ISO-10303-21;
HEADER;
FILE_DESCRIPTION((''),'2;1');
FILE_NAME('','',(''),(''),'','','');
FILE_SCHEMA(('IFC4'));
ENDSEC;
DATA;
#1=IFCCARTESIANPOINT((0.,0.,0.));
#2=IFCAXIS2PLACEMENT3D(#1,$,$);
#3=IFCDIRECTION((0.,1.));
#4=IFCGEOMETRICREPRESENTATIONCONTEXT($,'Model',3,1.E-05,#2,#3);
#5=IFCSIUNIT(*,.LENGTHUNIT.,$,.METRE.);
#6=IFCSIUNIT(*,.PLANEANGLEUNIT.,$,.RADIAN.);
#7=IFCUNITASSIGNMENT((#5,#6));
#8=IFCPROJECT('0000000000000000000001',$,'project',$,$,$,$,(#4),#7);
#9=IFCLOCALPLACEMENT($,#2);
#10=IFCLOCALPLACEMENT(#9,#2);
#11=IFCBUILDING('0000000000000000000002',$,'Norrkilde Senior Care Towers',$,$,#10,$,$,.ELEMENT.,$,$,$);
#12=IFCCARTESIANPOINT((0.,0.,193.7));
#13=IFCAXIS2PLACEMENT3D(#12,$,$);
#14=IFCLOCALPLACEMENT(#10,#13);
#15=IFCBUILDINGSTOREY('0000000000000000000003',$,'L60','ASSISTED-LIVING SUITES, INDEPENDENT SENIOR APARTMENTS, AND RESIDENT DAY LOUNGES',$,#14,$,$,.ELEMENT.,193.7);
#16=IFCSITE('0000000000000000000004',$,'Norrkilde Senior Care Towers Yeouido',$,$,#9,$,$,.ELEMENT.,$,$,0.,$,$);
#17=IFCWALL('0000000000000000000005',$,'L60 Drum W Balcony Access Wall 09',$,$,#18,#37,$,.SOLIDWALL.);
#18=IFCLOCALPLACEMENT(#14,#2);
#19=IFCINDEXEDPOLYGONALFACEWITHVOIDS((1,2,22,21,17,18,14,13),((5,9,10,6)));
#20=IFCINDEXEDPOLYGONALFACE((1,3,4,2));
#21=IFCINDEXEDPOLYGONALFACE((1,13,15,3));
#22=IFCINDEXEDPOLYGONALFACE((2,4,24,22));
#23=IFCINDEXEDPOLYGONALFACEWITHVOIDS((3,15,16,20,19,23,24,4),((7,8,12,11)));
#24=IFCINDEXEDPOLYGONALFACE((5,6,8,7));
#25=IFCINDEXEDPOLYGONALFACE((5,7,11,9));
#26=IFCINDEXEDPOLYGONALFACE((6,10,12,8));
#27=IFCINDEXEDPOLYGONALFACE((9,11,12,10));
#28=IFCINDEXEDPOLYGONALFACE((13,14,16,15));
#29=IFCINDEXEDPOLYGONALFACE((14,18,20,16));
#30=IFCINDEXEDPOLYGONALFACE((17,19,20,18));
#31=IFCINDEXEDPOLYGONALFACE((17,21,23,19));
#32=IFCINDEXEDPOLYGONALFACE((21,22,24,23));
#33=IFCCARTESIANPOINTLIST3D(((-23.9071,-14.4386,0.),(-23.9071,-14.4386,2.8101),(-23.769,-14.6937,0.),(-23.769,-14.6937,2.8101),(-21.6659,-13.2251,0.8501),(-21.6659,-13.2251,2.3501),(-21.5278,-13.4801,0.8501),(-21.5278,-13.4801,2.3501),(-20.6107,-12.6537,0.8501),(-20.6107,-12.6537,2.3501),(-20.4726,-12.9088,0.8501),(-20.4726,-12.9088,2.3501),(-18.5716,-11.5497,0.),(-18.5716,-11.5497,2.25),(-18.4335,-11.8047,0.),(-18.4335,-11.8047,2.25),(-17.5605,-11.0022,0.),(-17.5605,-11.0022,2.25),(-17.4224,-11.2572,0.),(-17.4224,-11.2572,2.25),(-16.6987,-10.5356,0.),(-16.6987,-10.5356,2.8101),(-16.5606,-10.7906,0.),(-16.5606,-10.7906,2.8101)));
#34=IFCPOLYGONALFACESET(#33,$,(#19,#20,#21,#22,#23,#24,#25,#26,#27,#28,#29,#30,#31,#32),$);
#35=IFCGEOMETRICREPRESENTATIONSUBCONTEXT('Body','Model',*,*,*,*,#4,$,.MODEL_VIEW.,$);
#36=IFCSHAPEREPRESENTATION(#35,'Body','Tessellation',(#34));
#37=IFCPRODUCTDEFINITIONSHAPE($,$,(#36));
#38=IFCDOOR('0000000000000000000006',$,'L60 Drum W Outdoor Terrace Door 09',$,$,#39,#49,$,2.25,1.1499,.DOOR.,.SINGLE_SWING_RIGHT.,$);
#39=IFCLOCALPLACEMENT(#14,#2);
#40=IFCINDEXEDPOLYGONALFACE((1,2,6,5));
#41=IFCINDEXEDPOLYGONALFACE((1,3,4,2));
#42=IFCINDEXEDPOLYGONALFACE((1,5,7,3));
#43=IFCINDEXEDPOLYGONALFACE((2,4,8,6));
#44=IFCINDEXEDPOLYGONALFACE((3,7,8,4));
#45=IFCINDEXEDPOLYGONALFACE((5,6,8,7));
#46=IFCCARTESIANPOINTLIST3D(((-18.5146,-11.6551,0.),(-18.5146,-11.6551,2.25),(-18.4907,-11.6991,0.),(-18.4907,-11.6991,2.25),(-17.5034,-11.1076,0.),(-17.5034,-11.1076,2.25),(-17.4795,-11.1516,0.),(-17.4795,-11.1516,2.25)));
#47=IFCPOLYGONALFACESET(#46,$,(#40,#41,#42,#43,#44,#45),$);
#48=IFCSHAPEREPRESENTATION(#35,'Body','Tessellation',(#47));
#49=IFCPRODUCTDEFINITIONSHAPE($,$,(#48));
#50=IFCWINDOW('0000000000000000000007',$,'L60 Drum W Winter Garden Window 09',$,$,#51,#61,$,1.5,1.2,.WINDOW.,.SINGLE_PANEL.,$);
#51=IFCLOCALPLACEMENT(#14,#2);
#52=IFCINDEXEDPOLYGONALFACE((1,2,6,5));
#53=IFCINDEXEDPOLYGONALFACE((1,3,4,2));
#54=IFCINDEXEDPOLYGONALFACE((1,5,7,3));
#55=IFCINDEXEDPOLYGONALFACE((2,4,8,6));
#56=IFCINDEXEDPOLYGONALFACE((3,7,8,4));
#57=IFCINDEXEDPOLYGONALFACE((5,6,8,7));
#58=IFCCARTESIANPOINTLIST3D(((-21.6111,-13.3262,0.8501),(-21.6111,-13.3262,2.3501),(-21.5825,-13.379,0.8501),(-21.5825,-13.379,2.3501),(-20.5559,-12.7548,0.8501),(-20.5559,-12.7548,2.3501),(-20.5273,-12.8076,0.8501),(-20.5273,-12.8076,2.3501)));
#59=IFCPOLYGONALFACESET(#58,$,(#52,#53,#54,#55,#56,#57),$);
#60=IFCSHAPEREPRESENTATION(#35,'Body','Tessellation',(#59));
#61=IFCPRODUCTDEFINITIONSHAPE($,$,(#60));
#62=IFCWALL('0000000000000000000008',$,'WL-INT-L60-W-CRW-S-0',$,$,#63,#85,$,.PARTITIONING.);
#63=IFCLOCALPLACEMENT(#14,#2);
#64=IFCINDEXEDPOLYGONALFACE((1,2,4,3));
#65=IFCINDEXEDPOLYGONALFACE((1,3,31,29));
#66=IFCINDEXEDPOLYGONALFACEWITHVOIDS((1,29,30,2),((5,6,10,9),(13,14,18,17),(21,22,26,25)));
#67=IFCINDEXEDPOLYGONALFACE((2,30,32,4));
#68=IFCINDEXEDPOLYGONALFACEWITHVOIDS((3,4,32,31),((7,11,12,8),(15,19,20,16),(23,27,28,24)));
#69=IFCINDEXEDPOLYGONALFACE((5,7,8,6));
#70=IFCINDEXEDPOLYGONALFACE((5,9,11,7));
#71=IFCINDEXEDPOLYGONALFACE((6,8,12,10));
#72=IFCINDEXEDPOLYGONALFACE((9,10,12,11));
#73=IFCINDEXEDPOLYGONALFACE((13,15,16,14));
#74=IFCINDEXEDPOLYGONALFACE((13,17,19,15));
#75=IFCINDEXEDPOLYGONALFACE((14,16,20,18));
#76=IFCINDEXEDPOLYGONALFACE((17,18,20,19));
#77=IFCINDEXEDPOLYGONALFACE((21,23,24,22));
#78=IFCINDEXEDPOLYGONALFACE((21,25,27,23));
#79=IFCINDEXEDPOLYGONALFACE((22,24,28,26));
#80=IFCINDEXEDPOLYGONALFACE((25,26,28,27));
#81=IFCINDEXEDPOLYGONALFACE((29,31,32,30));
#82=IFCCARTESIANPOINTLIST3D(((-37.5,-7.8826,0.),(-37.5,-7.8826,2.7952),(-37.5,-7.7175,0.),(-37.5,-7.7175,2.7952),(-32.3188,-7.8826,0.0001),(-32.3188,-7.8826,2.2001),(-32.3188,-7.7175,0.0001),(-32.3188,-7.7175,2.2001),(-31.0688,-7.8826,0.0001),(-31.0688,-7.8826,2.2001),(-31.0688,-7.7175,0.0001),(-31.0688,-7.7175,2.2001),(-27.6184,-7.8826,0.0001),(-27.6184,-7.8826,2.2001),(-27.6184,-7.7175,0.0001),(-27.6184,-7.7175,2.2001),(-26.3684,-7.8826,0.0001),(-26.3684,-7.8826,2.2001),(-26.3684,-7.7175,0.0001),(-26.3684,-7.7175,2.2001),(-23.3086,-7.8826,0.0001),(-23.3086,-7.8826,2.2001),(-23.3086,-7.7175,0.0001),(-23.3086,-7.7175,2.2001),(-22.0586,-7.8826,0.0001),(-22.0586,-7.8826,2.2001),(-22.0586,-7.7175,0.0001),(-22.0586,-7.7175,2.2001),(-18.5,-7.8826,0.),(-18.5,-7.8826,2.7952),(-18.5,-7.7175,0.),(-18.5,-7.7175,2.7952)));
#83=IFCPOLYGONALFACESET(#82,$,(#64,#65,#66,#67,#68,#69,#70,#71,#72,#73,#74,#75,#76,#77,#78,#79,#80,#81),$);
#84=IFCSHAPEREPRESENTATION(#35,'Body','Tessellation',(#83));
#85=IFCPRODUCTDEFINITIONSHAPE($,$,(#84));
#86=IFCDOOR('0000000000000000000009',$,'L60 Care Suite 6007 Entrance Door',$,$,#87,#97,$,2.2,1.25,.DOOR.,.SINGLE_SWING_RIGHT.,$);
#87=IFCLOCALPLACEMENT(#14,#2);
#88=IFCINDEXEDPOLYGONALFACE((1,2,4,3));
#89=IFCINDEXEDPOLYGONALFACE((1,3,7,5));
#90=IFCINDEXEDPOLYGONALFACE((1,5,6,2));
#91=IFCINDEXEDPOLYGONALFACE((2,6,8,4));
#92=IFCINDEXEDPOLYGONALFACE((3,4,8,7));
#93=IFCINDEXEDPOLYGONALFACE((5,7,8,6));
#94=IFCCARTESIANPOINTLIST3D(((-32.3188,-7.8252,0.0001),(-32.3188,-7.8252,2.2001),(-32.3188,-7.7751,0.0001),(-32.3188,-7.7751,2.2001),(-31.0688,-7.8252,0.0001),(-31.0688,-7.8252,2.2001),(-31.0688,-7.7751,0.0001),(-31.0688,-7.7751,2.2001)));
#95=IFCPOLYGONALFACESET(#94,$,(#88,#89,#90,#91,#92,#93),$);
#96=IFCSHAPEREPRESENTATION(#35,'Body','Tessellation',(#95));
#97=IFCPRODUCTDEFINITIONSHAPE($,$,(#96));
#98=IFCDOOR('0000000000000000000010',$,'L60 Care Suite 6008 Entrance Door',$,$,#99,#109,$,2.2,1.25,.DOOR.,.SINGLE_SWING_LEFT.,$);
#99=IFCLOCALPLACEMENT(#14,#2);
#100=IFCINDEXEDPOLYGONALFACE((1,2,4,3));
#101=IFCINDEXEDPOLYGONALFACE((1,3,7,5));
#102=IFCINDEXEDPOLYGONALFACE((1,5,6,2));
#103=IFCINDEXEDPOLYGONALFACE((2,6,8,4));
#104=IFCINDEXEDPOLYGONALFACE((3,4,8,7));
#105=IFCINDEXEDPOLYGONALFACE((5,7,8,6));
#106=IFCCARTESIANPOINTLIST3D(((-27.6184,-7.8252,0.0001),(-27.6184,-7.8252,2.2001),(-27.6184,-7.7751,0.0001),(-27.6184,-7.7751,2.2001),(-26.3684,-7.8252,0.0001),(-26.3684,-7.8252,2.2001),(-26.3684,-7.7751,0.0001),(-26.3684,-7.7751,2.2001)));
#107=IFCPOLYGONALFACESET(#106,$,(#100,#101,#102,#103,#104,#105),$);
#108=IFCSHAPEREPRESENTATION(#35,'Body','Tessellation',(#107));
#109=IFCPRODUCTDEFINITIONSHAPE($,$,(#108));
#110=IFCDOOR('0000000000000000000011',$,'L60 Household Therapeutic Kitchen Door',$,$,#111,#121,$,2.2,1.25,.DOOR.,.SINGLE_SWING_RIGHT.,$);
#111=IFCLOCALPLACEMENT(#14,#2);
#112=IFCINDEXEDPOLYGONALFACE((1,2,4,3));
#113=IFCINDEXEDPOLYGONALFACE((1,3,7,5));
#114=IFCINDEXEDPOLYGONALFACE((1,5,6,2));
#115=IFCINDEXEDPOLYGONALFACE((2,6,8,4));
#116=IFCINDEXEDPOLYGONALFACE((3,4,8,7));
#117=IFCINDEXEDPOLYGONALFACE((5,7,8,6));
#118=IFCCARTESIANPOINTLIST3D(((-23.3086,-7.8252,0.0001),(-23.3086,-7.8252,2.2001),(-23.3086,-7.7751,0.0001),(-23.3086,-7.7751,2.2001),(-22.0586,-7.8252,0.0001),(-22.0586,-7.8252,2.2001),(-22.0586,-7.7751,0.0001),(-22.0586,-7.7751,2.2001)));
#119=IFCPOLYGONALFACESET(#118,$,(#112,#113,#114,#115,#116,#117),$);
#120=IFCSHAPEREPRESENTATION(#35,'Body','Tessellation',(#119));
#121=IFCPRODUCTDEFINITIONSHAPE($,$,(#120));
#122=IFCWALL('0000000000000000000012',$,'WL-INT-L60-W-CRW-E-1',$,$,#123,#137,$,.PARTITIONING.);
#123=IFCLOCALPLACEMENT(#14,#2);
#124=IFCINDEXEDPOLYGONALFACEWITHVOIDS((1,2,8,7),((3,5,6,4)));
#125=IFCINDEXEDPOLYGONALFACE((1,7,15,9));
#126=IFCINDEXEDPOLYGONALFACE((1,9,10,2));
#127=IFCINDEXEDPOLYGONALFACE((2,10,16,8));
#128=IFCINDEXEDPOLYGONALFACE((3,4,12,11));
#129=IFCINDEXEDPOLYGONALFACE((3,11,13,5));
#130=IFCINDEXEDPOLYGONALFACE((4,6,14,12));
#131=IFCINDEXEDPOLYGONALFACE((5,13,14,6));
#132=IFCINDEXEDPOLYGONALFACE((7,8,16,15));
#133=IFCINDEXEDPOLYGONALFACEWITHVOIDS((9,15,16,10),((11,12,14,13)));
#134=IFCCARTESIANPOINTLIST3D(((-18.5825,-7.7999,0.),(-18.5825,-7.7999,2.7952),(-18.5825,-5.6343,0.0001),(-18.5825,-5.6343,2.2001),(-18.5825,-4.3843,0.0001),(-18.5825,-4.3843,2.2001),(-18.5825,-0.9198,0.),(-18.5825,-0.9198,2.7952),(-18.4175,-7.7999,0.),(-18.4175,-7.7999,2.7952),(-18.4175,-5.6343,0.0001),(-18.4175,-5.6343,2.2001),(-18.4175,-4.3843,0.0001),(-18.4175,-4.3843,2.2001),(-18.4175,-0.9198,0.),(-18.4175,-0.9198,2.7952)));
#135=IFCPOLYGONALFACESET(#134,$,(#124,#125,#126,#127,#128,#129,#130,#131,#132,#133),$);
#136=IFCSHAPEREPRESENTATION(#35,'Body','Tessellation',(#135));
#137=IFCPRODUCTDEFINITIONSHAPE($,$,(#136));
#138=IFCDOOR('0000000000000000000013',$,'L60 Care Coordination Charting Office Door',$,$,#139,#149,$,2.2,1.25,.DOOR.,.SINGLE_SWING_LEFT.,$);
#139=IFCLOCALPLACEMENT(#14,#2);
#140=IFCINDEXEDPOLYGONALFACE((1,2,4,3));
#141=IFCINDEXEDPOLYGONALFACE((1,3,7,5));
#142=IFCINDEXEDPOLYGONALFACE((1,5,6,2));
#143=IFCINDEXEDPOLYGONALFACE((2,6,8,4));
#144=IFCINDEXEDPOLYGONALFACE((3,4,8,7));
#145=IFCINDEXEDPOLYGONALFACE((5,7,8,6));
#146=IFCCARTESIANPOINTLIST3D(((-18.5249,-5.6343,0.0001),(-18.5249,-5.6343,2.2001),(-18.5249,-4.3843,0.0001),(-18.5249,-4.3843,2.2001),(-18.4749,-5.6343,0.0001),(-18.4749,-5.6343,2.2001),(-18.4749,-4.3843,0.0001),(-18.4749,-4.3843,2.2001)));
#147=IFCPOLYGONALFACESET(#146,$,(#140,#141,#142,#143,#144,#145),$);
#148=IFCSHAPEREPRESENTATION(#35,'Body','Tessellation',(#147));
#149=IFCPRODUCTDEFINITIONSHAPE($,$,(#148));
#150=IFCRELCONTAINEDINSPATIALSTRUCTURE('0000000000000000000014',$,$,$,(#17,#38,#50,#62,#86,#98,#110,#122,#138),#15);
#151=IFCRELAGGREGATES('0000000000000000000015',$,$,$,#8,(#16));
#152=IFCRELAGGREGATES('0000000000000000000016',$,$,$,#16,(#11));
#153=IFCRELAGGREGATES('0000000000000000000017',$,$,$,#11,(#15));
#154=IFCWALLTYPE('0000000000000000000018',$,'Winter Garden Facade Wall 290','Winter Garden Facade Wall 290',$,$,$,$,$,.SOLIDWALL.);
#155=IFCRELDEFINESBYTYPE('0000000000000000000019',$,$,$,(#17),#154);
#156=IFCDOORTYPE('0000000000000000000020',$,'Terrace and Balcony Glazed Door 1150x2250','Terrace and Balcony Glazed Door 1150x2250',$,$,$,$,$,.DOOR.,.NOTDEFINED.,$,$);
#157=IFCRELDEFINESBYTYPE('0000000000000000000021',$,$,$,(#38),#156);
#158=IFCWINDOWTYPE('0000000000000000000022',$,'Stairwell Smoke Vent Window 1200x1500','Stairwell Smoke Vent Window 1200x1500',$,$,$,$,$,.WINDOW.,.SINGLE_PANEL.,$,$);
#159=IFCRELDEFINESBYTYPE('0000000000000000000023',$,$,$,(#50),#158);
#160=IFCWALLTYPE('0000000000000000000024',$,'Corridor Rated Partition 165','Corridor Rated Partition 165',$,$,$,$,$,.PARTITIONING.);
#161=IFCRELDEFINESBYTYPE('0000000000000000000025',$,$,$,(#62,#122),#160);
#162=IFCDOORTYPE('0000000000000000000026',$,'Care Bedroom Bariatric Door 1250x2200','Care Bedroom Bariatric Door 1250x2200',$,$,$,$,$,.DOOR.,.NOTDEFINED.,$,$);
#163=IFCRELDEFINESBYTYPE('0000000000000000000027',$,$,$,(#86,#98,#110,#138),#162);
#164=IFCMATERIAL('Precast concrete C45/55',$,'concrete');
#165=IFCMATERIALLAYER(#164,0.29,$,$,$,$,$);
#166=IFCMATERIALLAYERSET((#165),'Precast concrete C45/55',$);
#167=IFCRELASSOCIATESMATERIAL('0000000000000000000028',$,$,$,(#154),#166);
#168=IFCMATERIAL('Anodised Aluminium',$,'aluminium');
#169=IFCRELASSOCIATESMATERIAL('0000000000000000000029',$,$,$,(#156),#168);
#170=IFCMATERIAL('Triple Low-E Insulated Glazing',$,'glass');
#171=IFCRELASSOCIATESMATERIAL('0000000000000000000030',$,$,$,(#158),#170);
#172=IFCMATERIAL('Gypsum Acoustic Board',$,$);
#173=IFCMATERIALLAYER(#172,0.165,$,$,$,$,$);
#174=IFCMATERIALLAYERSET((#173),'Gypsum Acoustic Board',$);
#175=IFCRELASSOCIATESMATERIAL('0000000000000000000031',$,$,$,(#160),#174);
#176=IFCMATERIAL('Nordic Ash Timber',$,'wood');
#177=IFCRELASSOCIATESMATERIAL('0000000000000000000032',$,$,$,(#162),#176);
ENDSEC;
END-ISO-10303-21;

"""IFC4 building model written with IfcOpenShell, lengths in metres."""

from ifc_helpers import new_model, si_unit, direction, frame, frame_2d, origin, place, context, subcontext, project, spatial, rectangle, extrude, source, transform, mapped, material, layer, layer_set, type_object, type_shapes, element, fill, save


model = new_model("IFC4")

# Units and contexts
model_context = context("Model", 3, precision=1e-05, world=origin(), true_north=direction((0.0, 1.0)))
body_context = subcontext(model_context, "Body", "Model", "MODEL_VIEW")
ifc_project = project(units=[si_unit("LENGTHUNIT", "METRE"), si_unit("PLANEANGLEUNIT", "RADIAN")], contexts=[model_context])

# Site, building, storey
site_placement = place(None, origin())
site = spatial("IfcSite", under=ifc_project, at=site_placement, Name="Norrkilde Senior Care Towers Yeouido", CompositionType="ELEMENT", RefElevation=0.0)
building_placement = place(site_placement, origin())
building = spatial("IfcBuilding", under=site, at=building_placement, Name="Norrkilde Senior Care Towers", CompositionType="ELEMENT")
storey_placement = place(building_placement, frame((0.0, 0.0, 193.7)))
storey = spatial("IfcBuildingStorey", under=building, at=storey_placement, Name="L60", Description="ASSISTED-LIVING SUITES, INDEPENDENT SENIOR APARTMENTS, AND RESIDENT DAY LOUNGES", CompositionType="ELEMENT", Elevation=193.7)

# Shared definitions
ifc_material_1 = material(Name="Triple Low-E Insulated Glazing", Category="glass")
ifc_material_2 = material(Name="Anodised Aluminium", Category="aluminium")

# Wall, openings, door, window
ifc_material_3 = material(Name="Precast concrete C45/55", Category="concrete")
ifc_layer_1 = layer(ifc_material_3, 0.29)
ifc_layer_set_1 = layer_set([ifc_layer_1], Name="Precast concrete C45/55")
wall_type_1 = type_object("IfcWallType", Name="Winter Garden Facade Wall 290", Description="Winter Garden Facade Wall 290", PredefinedType="SOLIDWALL", material=ifc_layer_set_1)
shared_shape_1 = source(origin(), body_context, "Body", "SweptSolid", [
    extrude(rectangle(XDim=8.1973, YDim=0.29, at=frame_2d((4.0986, 0.0))), origin(), (0.0, 0.0, 1.0), 2.8101),
])
type_shapes(wall_type_1, [shared_shape_1])
wall_1_placement = place(storey_placement, frame((-16.6296, -10.6631, 0.0), z_axis=(0.0, 0.0, 1.0), x_axis=(-0.87937, -0.476139, 0.0)))
wall_1 = element("IfcWall", 1, at=wall_1_placement, inside=storey, type_object=wall_type_1, Name="L60 Drum W Balcony Access Wall 09", PredefinedType="SOLIDWALL", context=body_context, shape_type="MappedRepresentation", body=[
    mapped(shared_shape_1, transform((0.0, 0.0, 0.0), x_axis=(1.0, 0.0, 0.0), y_axis=(0.0, 1.0, 0.0), z_axis=(0.0, 0.0, 1.0), scale=1.0)),
])
opening_1_placement = place(wall_1_placement, frame((0.98, 0.0, 0.0)))
opening_1 = element("IfcOpeningElement", 2, at=opening_1_placement, cuts=wall_1, PredefinedType="OPENING", context=body_context, shape_type="SweptSolid", body=[
    extrude(rectangle(XDim=1.1499, YDim=2.25, at=frame_2d((0.575, 1.125))), frame((0.0, 0.155, 0.0), z_axis=(0.0, -1.0, 0.0), x_axis=(1.0, 0.0, 0.0)), (0.0, 0.0, 1.0), 0.3101),
])
opening_2_placement = place(wall_1_placement, frame((4.4485, 0.0, 0.8501)))
opening_2 = element("IfcOpeningElement", 3, at=opening_2_placement, cuts=wall_1, PredefinedType="OPENING", context=body_context, shape_type="SweptSolid", body=[
    extrude(rectangle(XDim=1.2, YDim=1.5, at=frame_2d((0.6001, 0.75))), frame((0.0, 0.155, 0.0), z_axis=(0.0, -1.0, 0.0), x_axis=(1.0, 0.0, 0.0)), (0.0, 0.0, 1.0), 0.3101),
])
door_type_1 = type_object("IfcDoorType", Name="Terrace and Balcony Glazed Door 1150x2250", Description="Terrace and Balcony Glazed Door 1150x2250", OperationType="NOTDEFINED", PredefinedType="DOOR", material=ifc_material_2)
shared_shape_2 = source(origin(), body_context, "Body", "SweptSolid", [
    extrude(rectangle(XDim=1.1499, YDim=2.25, at=frame_2d((0.575, 1.125))), frame((0.0, 0.0249, 0.0), z_axis=(0.0, -1.0, 0.0), x_axis=(1.0, 0.0, 0.0)), (0.0, 0.0, 1.0), 0.05),
])
type_shapes(door_type_1, [shared_shape_2])
door_1_placement = place(opening_1_placement, origin())
door_1 = element("IfcDoor", 4, at=door_1_placement, inside=storey, type_object=door_type_1, Name="L60 Drum W Outdoor Terrace Door 09", OperationType="SINGLE_SWING_RIGHT", OverallHeight=2.25, OverallWidth=1.1499, PredefinedType="DOOR", context=body_context, shape_type="MappedRepresentation", body=[
    mapped(shared_shape_2, transform((0.0, 0.0, 0.0), x_axis=(1.0, 0.0, 0.0), y_axis=(0.0, 1.0, 0.0), z_axis=(0.0, 0.0, 1.0), scale=1.0)),
])
fill(opening_1, door_1)
window_type = type_object("IfcWindowType", Name="Stairwell Smoke Vent Window 1200x1500", Description="Stairwell Smoke Vent Window 1200x1500", PartitioningType="SINGLE_PANEL", PredefinedType="WINDOW", material=ifc_material_1)
shared_shape_3 = source(origin(), body_context, "Body", "SweptSolid", [
    extrude(rectangle(XDim=1.2, YDim=1.5, at=frame_2d((0.6001, 0.75))), frame((0.0, 0.03, 0.0), z_axis=(0.0, -1.0, 0.0), x_axis=(1.0, 0.0, 0.0)), (0.0, 0.0, 1.0), 0.0601),
])
type_shapes(window_type, [shared_shape_3])
window_placement = place(opening_2_placement, origin())
window = element("IfcWindow", 5, at=window_placement, inside=storey, type_object=window_type, Name="L60 Drum W Winter Garden Window 09", OverallHeight=1.5, OverallWidth=1.2, PartitioningType="SINGLE_PANEL", PredefinedType="WINDOW", context=body_context, shape_type="MappedRepresentation", body=[
    mapped(shared_shape_3, transform((0.0, 0.0, 0.0), x_axis=(1.0, 0.0, 0.0), y_axis=(0.0, 1.0, 0.0), z_axis=(0.0, 0.0, 1.0), scale=1.0)),
])
fill(opening_2, window)

# Wall, openings, doors
ifc_material_4 = material(Name="Gypsum Acoustic Board")
ifc_layer_2 = layer(ifc_material_4, 0.165)
ifc_layer_set_2 = layer_set([ifc_layer_2], Name="Gypsum Acoustic Board")
wall_type_2 = type_object("IfcWallType", Name="Corridor Rated Partition 165", Description="Corridor Rated Partition 165", PredefinedType="PARTITIONING", material=ifc_layer_set_2)
shared_shape_4 = source(origin(), body_context, "Body", "SweptSolid", [
    extrude(rectangle(XDim=19.0, YDim=0.165, at=frame_2d((9.5, 0.0))), origin(), (0.0, 0.0, 1.0), 2.7952),
])
wall_2_placement = place(storey_placement, frame((-18.5, -7.8, 0.0), z_axis=(0.0, 0.0, 1.0), x_axis=(-1.0, 0.0, 0.0)))
wall_2 = element("IfcWall", 6, at=wall_2_placement, inside=storey, type_object=wall_type_2, Name="WL-INT-L60-W-CRW-S-0", PredefinedType="PARTITIONING", context=body_context, shape_type="MappedRepresentation", body=[
    mapped(shared_shape_4, transform((0.0, 0.0, 0.0), x_axis=(1.0, 0.0, 0.0), y_axis=(0.0, 1.0, 0.0), z_axis=(0.0, 0.0, 1.0), scale=1.0)),
])
opening_3_placement = place(wall_2_placement, frame((12.5688, 0.0, 0.0)))
opening_3 = element("IfcOpeningElement", 7, at=opening_3_placement, cuts=wall_2, PredefinedType="OPENING", context=body_context, shape_type="SweptSolid", body=[
    extrude(rectangle(XDim=1.25, YDim=2.2, at=frame_2d((0.625, 1.1001))), frame((0.0, 0.0925, 0.0), z_axis=(0.0, -1.0, 0.0), x_axis=(1.0, 0.0, 0.0)), (0.0, 0.0, 1.0), 0.1851),
])
opening_4_placement = place(wall_2_placement, frame((7.8684, 0.0, 0.0)))
opening_4 = element("IfcOpeningElement", 8, at=opening_4_placement, cuts=wall_2, PredefinedType="OPENING", context=body_context, shape_type="SweptSolid", body=[
    extrude(rectangle(XDim=1.25, YDim=2.2, at=frame_2d((0.625, 1.1001))), frame((0.0, 0.0925, 0.0), z_axis=(0.0, -1.0, 0.0), x_axis=(1.0, 0.0, 0.0)), (0.0, 0.0, 1.0), 0.1851),
])
opening_5_placement = place(wall_2_placement, frame((3.5586, 0.0, 0.0)))
opening_5 = element("IfcOpeningElement", 9, at=opening_5_placement, cuts=wall_2, PredefinedType="OPENING", context=body_context, shape_type="SweptSolid", body=[
    extrude(rectangle(XDim=1.25, YDim=2.2, at=frame_2d((0.625, 1.1001))), frame((0.0, 0.0925, 0.0), z_axis=(0.0, -1.0, 0.0), x_axis=(1.0, 0.0, 0.0)), (0.0, 0.0, 1.0), 0.1851),
])
ifc_material_5 = material(Name="Nordic Ash Timber", Category="wood")
door_type_2 = type_object("IfcDoorType", Name="Care Bedroom Bariatric Door 1250x2200", Description="Care Bedroom Bariatric Door 1250x2200", OperationType="NOTDEFINED", PredefinedType="DOOR", material=ifc_material_5)
shared_shape_5 = source(origin(), body_context, "Body", "SweptSolid", [
    extrude(rectangle(XDim=1.25, YDim=2.2, at=frame_2d((0.625, 1.1001))), frame((0.0, 0.0249, 0.0), z_axis=(0.0, -1.0, 0.0), x_axis=(1.0, 0.0, 0.0)), (0.0, 0.0, 1.0), 0.05),
])
type_shapes(door_type_2, [shared_shape_5])
door_2_placement = place(opening_3_placement, frame((1.25, 0.0, 0.0), z_axis=(0.0, 0.0, 1.0), x_axis=(-1.0, 0.0, 0.0)))
door_2 = element("IfcDoor", 10, at=door_2_placement, inside=storey, type_object=door_type_2, Name="L60 Care Suite 6007 Entrance Door", OperationType="SINGLE_SWING_RIGHT", OverallHeight=2.2, OverallWidth=1.25, PredefinedType="DOOR", context=body_context, shape_type="MappedRepresentation", body=[
    mapped(shared_shape_5, transform((0.0, 0.0, 0.0), x_axis=(1.0, 0.0, 0.0), y_axis=(0.0, 1.0, 0.0), z_axis=(0.0, 0.0, 1.0), scale=1.0)),
])
fill(opening_3, door_2)
door_3_placement = place(opening_4_placement, frame((1.25, 0.0, 0.0), z_axis=(0.0, 0.0, 1.0), x_axis=(-1.0, 0.0, 0.0)))
door_3 = element("IfcDoor", 11, at=door_3_placement, inside=storey, type_object=door_type_2, Name="L60 Care Suite 6008 Entrance Door", OperationType="SINGLE_SWING_LEFT", OverallHeight=2.2, OverallWidth=1.25, PredefinedType="DOOR", context=body_context, shape_type="MappedRepresentation", body=[
    mapped(shared_shape_5, transform((0.0, 0.0, 0.0), x_axis=(1.0, 0.0, 0.0), y_axis=(0.0, 1.0, 0.0), z_axis=(0.0, 0.0, 1.0), scale=1.0)),
])
fill(opening_4, door_3)
door_4_placement = place(opening_5_placement, frame((1.25, 0.0, 0.0), z_axis=(0.0, 0.0, 1.0), x_axis=(-1.0, 0.0, 0.0)))
door_4 = element("IfcDoor", 12, at=door_4_placement, inside=storey, type_object=door_type_2, Name="L60 Household Therapeutic Kitchen Door", OperationType="SINGLE_SWING_RIGHT", OverallHeight=2.2, OverallWidth=1.25, PredefinedType="DOOR", context=body_context, shape_type="MappedRepresentation", body=[
    mapped(shared_shape_5, transform((0.0, 0.0, 0.0), x_axis=(1.0, 0.0, 0.0), y_axis=(0.0, 1.0, 0.0), z_axis=(0.0, 0.0, 1.0), scale=1.0)),
])
fill(opening_5, door_4)

# Wall, opening, door
shared_shape_6 = source(origin(), body_context, "Body", "SweptSolid", [
    extrude(rectangle(XDim=6.8801, YDim=0.165, at=frame_2d((3.4399, 0.0))), origin(), (0.0, 0.0, 1.0), 2.7952),
])
wall_3_placement = place(storey_placement, frame((-18.5, -0.9199, 0.0), z_axis=(0.0, 0.0, 1.0), x_axis=(0.0, -1.0, 0.0)))
wall_3 = element("IfcWall", 13, at=wall_3_placement, inside=storey, type_object=wall_type_2, Name="WL-INT-L60-W-CRW-E-1", PredefinedType="PARTITIONING", context=body_context, shape_type="MappedRepresentation", body=[
    mapped(shared_shape_6, transform((0.0, 0.0, 0.0), x_axis=(1.0, 0.0, 0.0), y_axis=(0.0, 1.0, 0.0), z_axis=(0.0, 0.0, 1.0), scale=1.0)),
])
opening_6_placement = place(wall_3_placement, frame((3.4644, 0.0, 0.0)))
opening_6 = element("IfcOpeningElement", 14, at=opening_6_placement, cuts=wall_3, PredefinedType="OPENING", context=body_context, shape_type="SweptSolid", body=[
    extrude(rectangle(XDim=1.25, YDim=2.2, at=frame_2d((0.625, 1.1001))), frame((0.0, 0.0925, 0.0), z_axis=(0.0, -1.0, 0.0), x_axis=(1.0, 0.0, 0.0)), (0.0, 0.0, 1.0), 0.1851),
])
door_5_placement = place(opening_6_placement, frame((1.25, 0.0, 0.0), z_axis=(0.0, 0.0, 1.0), x_axis=(-1.0, 0.0, 0.0)))
door_5 = element("IfcDoor", 15, at=door_5_placement, inside=storey, type_object=door_type_2, Name="L60 Care Coordination Charting Office Door", OperationType="SINGLE_SWING_LEFT", OverallHeight=2.2, OverallWidth=1.25, PredefinedType="DOOR", context=body_context, shape_type="MappedRepresentation", body=[
    mapped(shared_shape_5, transform((0.0, 0.0, 0.0), x_axis=(1.0, 0.0, 0.0), y_axis=(0.0, 1.0, 0.0), z_axis=(0.0, 0.0, 1.0), scale=1.0)),
])
fill(opening_6, door_5)

save(model, "model.ifc")
